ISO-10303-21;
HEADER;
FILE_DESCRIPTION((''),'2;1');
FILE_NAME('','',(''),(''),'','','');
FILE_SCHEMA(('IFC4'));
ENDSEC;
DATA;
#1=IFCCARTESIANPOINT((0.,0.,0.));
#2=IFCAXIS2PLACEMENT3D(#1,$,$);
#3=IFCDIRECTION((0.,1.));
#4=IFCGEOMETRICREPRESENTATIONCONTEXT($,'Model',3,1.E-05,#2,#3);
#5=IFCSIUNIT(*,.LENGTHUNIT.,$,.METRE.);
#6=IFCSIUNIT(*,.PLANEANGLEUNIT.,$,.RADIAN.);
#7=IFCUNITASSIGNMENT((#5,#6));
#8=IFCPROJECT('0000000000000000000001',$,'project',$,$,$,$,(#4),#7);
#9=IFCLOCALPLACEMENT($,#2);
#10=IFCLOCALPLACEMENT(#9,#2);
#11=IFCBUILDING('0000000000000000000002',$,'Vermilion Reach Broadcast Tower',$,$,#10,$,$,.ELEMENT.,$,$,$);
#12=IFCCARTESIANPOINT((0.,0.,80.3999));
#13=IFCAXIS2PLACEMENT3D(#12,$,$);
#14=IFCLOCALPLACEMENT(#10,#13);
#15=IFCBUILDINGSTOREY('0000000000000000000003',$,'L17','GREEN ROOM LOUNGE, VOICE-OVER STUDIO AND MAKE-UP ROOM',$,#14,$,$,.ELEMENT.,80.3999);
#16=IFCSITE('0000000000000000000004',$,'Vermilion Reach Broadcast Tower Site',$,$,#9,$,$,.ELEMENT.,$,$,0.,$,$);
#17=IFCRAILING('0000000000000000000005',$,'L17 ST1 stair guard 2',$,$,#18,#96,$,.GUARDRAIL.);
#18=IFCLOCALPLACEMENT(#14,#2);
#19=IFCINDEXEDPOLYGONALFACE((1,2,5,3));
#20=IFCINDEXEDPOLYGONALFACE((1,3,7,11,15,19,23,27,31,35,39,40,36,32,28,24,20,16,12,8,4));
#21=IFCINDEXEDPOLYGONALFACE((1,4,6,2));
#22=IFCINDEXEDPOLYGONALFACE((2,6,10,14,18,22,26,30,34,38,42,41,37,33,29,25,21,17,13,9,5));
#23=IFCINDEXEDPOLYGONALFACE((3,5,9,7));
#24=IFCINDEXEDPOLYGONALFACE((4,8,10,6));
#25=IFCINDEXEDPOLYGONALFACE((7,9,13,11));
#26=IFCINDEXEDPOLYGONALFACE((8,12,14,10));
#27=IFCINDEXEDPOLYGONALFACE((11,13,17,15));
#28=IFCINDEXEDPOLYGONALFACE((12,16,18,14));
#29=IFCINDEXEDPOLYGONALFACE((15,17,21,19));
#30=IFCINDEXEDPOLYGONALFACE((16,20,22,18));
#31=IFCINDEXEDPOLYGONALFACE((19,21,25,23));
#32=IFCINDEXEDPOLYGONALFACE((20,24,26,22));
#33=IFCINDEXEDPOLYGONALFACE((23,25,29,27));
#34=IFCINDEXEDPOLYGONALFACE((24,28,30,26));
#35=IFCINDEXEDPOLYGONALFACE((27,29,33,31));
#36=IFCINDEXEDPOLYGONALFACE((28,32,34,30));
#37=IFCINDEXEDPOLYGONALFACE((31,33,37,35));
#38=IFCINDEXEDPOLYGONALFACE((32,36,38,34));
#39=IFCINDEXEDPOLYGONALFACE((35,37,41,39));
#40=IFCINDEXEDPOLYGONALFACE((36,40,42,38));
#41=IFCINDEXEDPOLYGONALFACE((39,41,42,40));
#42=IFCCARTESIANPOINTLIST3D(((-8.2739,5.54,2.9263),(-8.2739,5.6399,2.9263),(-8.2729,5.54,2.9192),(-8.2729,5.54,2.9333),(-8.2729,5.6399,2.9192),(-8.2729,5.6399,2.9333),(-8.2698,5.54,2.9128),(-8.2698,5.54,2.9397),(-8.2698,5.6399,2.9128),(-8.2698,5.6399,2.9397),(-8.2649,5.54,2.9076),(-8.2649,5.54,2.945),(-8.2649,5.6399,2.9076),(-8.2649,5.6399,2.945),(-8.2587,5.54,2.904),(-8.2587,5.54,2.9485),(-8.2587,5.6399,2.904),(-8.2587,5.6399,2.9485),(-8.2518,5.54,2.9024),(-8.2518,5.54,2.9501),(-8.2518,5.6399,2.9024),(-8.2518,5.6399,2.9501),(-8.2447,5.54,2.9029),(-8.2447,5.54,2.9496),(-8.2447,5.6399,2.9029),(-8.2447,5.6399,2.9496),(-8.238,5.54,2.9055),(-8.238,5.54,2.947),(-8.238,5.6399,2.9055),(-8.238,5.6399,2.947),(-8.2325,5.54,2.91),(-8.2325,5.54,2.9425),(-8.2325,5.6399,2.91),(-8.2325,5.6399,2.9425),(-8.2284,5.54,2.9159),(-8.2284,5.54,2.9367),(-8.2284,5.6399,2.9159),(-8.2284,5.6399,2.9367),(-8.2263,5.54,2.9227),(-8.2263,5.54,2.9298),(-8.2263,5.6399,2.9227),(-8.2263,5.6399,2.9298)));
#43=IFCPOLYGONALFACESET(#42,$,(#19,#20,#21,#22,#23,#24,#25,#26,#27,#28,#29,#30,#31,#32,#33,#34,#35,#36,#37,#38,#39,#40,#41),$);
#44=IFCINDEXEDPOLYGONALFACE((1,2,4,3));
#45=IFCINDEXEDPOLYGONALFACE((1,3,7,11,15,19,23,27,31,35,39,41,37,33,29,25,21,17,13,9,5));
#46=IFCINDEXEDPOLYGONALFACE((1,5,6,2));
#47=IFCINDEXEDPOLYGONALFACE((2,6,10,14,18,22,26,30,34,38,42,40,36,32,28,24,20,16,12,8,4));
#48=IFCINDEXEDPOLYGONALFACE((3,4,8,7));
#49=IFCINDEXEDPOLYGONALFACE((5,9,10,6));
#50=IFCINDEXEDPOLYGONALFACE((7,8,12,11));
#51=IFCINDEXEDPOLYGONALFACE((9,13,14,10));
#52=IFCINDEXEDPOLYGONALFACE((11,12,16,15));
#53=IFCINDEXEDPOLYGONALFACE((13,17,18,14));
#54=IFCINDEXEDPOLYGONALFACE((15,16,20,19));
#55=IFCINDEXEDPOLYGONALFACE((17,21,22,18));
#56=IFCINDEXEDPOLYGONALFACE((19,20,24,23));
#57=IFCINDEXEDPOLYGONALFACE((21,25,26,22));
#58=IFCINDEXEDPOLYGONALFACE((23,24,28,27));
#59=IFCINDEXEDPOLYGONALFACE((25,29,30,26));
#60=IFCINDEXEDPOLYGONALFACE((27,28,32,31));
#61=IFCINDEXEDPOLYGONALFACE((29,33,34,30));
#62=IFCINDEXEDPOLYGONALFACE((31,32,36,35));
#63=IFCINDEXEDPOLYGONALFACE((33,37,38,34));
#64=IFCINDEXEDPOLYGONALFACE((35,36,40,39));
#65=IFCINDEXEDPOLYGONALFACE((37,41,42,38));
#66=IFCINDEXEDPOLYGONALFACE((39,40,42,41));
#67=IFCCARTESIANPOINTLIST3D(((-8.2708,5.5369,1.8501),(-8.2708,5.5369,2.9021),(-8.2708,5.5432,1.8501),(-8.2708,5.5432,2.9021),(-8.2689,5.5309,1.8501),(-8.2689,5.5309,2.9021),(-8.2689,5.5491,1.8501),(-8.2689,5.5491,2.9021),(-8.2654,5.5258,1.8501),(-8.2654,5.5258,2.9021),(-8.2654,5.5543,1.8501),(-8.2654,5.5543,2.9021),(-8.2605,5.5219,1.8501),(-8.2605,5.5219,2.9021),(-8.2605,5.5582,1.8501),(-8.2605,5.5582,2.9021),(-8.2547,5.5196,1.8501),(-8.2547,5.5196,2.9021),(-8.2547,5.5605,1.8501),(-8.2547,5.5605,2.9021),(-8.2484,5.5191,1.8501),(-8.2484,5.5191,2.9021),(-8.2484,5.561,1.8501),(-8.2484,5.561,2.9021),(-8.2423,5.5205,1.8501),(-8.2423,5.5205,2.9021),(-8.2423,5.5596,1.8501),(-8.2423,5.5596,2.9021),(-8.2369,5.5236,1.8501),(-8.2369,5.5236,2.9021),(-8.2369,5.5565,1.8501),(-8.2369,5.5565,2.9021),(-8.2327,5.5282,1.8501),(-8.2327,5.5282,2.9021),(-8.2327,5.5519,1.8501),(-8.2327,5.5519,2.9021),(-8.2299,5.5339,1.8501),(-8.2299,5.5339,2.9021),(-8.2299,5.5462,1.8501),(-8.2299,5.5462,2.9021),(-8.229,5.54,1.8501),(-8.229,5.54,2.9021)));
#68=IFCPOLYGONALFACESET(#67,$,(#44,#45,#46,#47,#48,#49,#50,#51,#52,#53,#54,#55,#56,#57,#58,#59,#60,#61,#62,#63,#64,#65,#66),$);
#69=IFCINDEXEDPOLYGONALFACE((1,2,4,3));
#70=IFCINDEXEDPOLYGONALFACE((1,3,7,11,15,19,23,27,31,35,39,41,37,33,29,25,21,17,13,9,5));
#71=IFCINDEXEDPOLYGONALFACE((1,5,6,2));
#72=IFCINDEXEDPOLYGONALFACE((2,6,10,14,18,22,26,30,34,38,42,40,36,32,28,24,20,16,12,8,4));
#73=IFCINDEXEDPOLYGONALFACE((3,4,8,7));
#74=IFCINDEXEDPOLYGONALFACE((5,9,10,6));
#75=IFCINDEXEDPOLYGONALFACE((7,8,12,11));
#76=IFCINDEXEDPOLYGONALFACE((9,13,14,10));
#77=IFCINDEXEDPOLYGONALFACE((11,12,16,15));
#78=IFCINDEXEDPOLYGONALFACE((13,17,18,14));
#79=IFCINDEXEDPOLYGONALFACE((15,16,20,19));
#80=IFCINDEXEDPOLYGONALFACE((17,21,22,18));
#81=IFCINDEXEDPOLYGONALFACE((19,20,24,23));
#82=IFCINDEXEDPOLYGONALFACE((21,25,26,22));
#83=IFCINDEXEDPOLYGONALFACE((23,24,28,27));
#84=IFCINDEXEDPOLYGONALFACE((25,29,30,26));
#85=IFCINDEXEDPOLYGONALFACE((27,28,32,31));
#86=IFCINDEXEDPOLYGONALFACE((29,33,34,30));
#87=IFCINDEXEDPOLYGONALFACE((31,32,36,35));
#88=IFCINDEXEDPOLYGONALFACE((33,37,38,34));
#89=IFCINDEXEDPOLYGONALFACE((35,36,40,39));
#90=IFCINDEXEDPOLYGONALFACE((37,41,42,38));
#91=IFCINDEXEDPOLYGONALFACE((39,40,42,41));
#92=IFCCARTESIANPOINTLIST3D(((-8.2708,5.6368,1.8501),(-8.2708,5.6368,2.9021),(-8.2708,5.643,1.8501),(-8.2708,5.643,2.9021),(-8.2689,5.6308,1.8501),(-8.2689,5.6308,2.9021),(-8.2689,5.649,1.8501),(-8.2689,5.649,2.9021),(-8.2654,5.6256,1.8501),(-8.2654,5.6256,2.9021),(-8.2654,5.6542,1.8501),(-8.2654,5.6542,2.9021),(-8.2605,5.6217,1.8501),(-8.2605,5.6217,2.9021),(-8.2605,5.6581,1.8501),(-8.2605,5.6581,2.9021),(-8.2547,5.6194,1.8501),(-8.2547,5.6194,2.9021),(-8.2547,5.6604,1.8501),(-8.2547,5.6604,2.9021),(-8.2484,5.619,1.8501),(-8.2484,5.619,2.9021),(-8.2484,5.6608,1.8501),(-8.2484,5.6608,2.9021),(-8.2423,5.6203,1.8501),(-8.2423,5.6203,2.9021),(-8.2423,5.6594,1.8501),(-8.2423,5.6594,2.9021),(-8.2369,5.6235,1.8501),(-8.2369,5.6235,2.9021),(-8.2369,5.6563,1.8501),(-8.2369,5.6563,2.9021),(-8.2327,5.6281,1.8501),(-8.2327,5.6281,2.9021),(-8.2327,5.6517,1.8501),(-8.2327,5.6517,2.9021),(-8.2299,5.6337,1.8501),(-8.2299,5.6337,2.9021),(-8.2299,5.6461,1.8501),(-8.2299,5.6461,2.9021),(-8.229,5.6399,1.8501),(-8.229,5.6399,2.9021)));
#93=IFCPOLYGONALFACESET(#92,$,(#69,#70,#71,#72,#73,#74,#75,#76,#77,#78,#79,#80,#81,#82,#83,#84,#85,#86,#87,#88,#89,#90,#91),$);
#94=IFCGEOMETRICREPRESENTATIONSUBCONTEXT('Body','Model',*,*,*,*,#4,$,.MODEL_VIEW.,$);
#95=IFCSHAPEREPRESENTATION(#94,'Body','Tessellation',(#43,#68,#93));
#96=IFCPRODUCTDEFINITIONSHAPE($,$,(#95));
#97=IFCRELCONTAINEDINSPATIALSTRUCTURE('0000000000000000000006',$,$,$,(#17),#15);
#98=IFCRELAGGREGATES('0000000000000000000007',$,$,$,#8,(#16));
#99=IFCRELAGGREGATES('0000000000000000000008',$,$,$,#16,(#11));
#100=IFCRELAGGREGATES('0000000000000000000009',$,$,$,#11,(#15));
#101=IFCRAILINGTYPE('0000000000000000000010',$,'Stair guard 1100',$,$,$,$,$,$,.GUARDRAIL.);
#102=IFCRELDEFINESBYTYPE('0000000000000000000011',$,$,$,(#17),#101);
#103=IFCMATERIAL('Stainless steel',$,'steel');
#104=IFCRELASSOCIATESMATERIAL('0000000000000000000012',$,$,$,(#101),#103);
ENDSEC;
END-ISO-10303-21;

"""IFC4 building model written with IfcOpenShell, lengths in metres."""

from ifc_helpers import new_model, si_unit, direction, frame, origin, origin_2d, place, context, subcontext, project, spatial, circle, extrude, material, type_object, element, save


model = new_model("IFC4")

# Units and contexts
model_context = context("Model", 3, precision=1e-05, world=origin(), true_north=direction((0.0, 1.0)))
body_context = subcontext(model_context, "Body", "Model", "MODEL_VIEW")
ifc_project = project(units=[si_unit("LENGTHUNIT", "METRE"), si_unit("PLANEANGLEUNIT", "RADIAN")], contexts=[model_context])

# Site, building, storey
site_placement = place(None, origin())
site = spatial("IfcSite", under=ifc_project, at=site_placement, Name="Vermilion Reach Broadcast Tower Site", CompositionType="ELEMENT", RefElevation=0.0)
building_placement = place(site_placement, origin())
building = spatial("IfcBuilding", under=site, at=building_placement, Name="Vermilion Reach Broadcast Tower", CompositionType="ELEMENT")
storey_placement = place(building_placement, frame((0.0, 0.0, 80.3999)))
storey = spatial("IfcBuildingStorey", under=building, at=storey_placement, Name="L17", Description="GREEN ROOM LOUNGE, VOICE-OVER STUDIO AND MAKE-UP ROOM", CompositionType="ELEMENT", Elevation=80.3999)

# Railing
ifc_material_1 = material(Name="Stainless steel", Category="steel")
railing_type_1 = type_object("IfcRailingType", Name="Stair guard 1100", PredefinedType="GUARDRAIL", material=ifc_material_1)
railing_1_placement = place(storey_placement, frame((-8.25, 5.54, 1.8501)))
element("IfcRailing", 1, at=railing_1_placement, inside=storey, type_object=railing_type_1, Name="L17 ST1 stair guard 2", PredefinedType="GUARDRAIL", context=body_context, shape_type="SweptSolid", body=[
    extrude(circle(Radius=0.0239, at=origin_2d()), frame((0.0, 0.0, 1.0762), z_axis=(0.0, 1.0, 0.0), x_axis=(-1.0, 0.0, 0.0)), (0.0, 0.0, 1.0), 0.0999),
    extrude(circle(Radius=0.021, at=origin_2d()), origin(), (0.0, 0.0, 1.0), 1.052),
    extrude(circle(Radius=0.021, at=origin_2d()), frame((0.0, 0.0999, 0.0)), (0.0, 0.0, 1.0), 1.052),
])

save(model, "model.ifc")
